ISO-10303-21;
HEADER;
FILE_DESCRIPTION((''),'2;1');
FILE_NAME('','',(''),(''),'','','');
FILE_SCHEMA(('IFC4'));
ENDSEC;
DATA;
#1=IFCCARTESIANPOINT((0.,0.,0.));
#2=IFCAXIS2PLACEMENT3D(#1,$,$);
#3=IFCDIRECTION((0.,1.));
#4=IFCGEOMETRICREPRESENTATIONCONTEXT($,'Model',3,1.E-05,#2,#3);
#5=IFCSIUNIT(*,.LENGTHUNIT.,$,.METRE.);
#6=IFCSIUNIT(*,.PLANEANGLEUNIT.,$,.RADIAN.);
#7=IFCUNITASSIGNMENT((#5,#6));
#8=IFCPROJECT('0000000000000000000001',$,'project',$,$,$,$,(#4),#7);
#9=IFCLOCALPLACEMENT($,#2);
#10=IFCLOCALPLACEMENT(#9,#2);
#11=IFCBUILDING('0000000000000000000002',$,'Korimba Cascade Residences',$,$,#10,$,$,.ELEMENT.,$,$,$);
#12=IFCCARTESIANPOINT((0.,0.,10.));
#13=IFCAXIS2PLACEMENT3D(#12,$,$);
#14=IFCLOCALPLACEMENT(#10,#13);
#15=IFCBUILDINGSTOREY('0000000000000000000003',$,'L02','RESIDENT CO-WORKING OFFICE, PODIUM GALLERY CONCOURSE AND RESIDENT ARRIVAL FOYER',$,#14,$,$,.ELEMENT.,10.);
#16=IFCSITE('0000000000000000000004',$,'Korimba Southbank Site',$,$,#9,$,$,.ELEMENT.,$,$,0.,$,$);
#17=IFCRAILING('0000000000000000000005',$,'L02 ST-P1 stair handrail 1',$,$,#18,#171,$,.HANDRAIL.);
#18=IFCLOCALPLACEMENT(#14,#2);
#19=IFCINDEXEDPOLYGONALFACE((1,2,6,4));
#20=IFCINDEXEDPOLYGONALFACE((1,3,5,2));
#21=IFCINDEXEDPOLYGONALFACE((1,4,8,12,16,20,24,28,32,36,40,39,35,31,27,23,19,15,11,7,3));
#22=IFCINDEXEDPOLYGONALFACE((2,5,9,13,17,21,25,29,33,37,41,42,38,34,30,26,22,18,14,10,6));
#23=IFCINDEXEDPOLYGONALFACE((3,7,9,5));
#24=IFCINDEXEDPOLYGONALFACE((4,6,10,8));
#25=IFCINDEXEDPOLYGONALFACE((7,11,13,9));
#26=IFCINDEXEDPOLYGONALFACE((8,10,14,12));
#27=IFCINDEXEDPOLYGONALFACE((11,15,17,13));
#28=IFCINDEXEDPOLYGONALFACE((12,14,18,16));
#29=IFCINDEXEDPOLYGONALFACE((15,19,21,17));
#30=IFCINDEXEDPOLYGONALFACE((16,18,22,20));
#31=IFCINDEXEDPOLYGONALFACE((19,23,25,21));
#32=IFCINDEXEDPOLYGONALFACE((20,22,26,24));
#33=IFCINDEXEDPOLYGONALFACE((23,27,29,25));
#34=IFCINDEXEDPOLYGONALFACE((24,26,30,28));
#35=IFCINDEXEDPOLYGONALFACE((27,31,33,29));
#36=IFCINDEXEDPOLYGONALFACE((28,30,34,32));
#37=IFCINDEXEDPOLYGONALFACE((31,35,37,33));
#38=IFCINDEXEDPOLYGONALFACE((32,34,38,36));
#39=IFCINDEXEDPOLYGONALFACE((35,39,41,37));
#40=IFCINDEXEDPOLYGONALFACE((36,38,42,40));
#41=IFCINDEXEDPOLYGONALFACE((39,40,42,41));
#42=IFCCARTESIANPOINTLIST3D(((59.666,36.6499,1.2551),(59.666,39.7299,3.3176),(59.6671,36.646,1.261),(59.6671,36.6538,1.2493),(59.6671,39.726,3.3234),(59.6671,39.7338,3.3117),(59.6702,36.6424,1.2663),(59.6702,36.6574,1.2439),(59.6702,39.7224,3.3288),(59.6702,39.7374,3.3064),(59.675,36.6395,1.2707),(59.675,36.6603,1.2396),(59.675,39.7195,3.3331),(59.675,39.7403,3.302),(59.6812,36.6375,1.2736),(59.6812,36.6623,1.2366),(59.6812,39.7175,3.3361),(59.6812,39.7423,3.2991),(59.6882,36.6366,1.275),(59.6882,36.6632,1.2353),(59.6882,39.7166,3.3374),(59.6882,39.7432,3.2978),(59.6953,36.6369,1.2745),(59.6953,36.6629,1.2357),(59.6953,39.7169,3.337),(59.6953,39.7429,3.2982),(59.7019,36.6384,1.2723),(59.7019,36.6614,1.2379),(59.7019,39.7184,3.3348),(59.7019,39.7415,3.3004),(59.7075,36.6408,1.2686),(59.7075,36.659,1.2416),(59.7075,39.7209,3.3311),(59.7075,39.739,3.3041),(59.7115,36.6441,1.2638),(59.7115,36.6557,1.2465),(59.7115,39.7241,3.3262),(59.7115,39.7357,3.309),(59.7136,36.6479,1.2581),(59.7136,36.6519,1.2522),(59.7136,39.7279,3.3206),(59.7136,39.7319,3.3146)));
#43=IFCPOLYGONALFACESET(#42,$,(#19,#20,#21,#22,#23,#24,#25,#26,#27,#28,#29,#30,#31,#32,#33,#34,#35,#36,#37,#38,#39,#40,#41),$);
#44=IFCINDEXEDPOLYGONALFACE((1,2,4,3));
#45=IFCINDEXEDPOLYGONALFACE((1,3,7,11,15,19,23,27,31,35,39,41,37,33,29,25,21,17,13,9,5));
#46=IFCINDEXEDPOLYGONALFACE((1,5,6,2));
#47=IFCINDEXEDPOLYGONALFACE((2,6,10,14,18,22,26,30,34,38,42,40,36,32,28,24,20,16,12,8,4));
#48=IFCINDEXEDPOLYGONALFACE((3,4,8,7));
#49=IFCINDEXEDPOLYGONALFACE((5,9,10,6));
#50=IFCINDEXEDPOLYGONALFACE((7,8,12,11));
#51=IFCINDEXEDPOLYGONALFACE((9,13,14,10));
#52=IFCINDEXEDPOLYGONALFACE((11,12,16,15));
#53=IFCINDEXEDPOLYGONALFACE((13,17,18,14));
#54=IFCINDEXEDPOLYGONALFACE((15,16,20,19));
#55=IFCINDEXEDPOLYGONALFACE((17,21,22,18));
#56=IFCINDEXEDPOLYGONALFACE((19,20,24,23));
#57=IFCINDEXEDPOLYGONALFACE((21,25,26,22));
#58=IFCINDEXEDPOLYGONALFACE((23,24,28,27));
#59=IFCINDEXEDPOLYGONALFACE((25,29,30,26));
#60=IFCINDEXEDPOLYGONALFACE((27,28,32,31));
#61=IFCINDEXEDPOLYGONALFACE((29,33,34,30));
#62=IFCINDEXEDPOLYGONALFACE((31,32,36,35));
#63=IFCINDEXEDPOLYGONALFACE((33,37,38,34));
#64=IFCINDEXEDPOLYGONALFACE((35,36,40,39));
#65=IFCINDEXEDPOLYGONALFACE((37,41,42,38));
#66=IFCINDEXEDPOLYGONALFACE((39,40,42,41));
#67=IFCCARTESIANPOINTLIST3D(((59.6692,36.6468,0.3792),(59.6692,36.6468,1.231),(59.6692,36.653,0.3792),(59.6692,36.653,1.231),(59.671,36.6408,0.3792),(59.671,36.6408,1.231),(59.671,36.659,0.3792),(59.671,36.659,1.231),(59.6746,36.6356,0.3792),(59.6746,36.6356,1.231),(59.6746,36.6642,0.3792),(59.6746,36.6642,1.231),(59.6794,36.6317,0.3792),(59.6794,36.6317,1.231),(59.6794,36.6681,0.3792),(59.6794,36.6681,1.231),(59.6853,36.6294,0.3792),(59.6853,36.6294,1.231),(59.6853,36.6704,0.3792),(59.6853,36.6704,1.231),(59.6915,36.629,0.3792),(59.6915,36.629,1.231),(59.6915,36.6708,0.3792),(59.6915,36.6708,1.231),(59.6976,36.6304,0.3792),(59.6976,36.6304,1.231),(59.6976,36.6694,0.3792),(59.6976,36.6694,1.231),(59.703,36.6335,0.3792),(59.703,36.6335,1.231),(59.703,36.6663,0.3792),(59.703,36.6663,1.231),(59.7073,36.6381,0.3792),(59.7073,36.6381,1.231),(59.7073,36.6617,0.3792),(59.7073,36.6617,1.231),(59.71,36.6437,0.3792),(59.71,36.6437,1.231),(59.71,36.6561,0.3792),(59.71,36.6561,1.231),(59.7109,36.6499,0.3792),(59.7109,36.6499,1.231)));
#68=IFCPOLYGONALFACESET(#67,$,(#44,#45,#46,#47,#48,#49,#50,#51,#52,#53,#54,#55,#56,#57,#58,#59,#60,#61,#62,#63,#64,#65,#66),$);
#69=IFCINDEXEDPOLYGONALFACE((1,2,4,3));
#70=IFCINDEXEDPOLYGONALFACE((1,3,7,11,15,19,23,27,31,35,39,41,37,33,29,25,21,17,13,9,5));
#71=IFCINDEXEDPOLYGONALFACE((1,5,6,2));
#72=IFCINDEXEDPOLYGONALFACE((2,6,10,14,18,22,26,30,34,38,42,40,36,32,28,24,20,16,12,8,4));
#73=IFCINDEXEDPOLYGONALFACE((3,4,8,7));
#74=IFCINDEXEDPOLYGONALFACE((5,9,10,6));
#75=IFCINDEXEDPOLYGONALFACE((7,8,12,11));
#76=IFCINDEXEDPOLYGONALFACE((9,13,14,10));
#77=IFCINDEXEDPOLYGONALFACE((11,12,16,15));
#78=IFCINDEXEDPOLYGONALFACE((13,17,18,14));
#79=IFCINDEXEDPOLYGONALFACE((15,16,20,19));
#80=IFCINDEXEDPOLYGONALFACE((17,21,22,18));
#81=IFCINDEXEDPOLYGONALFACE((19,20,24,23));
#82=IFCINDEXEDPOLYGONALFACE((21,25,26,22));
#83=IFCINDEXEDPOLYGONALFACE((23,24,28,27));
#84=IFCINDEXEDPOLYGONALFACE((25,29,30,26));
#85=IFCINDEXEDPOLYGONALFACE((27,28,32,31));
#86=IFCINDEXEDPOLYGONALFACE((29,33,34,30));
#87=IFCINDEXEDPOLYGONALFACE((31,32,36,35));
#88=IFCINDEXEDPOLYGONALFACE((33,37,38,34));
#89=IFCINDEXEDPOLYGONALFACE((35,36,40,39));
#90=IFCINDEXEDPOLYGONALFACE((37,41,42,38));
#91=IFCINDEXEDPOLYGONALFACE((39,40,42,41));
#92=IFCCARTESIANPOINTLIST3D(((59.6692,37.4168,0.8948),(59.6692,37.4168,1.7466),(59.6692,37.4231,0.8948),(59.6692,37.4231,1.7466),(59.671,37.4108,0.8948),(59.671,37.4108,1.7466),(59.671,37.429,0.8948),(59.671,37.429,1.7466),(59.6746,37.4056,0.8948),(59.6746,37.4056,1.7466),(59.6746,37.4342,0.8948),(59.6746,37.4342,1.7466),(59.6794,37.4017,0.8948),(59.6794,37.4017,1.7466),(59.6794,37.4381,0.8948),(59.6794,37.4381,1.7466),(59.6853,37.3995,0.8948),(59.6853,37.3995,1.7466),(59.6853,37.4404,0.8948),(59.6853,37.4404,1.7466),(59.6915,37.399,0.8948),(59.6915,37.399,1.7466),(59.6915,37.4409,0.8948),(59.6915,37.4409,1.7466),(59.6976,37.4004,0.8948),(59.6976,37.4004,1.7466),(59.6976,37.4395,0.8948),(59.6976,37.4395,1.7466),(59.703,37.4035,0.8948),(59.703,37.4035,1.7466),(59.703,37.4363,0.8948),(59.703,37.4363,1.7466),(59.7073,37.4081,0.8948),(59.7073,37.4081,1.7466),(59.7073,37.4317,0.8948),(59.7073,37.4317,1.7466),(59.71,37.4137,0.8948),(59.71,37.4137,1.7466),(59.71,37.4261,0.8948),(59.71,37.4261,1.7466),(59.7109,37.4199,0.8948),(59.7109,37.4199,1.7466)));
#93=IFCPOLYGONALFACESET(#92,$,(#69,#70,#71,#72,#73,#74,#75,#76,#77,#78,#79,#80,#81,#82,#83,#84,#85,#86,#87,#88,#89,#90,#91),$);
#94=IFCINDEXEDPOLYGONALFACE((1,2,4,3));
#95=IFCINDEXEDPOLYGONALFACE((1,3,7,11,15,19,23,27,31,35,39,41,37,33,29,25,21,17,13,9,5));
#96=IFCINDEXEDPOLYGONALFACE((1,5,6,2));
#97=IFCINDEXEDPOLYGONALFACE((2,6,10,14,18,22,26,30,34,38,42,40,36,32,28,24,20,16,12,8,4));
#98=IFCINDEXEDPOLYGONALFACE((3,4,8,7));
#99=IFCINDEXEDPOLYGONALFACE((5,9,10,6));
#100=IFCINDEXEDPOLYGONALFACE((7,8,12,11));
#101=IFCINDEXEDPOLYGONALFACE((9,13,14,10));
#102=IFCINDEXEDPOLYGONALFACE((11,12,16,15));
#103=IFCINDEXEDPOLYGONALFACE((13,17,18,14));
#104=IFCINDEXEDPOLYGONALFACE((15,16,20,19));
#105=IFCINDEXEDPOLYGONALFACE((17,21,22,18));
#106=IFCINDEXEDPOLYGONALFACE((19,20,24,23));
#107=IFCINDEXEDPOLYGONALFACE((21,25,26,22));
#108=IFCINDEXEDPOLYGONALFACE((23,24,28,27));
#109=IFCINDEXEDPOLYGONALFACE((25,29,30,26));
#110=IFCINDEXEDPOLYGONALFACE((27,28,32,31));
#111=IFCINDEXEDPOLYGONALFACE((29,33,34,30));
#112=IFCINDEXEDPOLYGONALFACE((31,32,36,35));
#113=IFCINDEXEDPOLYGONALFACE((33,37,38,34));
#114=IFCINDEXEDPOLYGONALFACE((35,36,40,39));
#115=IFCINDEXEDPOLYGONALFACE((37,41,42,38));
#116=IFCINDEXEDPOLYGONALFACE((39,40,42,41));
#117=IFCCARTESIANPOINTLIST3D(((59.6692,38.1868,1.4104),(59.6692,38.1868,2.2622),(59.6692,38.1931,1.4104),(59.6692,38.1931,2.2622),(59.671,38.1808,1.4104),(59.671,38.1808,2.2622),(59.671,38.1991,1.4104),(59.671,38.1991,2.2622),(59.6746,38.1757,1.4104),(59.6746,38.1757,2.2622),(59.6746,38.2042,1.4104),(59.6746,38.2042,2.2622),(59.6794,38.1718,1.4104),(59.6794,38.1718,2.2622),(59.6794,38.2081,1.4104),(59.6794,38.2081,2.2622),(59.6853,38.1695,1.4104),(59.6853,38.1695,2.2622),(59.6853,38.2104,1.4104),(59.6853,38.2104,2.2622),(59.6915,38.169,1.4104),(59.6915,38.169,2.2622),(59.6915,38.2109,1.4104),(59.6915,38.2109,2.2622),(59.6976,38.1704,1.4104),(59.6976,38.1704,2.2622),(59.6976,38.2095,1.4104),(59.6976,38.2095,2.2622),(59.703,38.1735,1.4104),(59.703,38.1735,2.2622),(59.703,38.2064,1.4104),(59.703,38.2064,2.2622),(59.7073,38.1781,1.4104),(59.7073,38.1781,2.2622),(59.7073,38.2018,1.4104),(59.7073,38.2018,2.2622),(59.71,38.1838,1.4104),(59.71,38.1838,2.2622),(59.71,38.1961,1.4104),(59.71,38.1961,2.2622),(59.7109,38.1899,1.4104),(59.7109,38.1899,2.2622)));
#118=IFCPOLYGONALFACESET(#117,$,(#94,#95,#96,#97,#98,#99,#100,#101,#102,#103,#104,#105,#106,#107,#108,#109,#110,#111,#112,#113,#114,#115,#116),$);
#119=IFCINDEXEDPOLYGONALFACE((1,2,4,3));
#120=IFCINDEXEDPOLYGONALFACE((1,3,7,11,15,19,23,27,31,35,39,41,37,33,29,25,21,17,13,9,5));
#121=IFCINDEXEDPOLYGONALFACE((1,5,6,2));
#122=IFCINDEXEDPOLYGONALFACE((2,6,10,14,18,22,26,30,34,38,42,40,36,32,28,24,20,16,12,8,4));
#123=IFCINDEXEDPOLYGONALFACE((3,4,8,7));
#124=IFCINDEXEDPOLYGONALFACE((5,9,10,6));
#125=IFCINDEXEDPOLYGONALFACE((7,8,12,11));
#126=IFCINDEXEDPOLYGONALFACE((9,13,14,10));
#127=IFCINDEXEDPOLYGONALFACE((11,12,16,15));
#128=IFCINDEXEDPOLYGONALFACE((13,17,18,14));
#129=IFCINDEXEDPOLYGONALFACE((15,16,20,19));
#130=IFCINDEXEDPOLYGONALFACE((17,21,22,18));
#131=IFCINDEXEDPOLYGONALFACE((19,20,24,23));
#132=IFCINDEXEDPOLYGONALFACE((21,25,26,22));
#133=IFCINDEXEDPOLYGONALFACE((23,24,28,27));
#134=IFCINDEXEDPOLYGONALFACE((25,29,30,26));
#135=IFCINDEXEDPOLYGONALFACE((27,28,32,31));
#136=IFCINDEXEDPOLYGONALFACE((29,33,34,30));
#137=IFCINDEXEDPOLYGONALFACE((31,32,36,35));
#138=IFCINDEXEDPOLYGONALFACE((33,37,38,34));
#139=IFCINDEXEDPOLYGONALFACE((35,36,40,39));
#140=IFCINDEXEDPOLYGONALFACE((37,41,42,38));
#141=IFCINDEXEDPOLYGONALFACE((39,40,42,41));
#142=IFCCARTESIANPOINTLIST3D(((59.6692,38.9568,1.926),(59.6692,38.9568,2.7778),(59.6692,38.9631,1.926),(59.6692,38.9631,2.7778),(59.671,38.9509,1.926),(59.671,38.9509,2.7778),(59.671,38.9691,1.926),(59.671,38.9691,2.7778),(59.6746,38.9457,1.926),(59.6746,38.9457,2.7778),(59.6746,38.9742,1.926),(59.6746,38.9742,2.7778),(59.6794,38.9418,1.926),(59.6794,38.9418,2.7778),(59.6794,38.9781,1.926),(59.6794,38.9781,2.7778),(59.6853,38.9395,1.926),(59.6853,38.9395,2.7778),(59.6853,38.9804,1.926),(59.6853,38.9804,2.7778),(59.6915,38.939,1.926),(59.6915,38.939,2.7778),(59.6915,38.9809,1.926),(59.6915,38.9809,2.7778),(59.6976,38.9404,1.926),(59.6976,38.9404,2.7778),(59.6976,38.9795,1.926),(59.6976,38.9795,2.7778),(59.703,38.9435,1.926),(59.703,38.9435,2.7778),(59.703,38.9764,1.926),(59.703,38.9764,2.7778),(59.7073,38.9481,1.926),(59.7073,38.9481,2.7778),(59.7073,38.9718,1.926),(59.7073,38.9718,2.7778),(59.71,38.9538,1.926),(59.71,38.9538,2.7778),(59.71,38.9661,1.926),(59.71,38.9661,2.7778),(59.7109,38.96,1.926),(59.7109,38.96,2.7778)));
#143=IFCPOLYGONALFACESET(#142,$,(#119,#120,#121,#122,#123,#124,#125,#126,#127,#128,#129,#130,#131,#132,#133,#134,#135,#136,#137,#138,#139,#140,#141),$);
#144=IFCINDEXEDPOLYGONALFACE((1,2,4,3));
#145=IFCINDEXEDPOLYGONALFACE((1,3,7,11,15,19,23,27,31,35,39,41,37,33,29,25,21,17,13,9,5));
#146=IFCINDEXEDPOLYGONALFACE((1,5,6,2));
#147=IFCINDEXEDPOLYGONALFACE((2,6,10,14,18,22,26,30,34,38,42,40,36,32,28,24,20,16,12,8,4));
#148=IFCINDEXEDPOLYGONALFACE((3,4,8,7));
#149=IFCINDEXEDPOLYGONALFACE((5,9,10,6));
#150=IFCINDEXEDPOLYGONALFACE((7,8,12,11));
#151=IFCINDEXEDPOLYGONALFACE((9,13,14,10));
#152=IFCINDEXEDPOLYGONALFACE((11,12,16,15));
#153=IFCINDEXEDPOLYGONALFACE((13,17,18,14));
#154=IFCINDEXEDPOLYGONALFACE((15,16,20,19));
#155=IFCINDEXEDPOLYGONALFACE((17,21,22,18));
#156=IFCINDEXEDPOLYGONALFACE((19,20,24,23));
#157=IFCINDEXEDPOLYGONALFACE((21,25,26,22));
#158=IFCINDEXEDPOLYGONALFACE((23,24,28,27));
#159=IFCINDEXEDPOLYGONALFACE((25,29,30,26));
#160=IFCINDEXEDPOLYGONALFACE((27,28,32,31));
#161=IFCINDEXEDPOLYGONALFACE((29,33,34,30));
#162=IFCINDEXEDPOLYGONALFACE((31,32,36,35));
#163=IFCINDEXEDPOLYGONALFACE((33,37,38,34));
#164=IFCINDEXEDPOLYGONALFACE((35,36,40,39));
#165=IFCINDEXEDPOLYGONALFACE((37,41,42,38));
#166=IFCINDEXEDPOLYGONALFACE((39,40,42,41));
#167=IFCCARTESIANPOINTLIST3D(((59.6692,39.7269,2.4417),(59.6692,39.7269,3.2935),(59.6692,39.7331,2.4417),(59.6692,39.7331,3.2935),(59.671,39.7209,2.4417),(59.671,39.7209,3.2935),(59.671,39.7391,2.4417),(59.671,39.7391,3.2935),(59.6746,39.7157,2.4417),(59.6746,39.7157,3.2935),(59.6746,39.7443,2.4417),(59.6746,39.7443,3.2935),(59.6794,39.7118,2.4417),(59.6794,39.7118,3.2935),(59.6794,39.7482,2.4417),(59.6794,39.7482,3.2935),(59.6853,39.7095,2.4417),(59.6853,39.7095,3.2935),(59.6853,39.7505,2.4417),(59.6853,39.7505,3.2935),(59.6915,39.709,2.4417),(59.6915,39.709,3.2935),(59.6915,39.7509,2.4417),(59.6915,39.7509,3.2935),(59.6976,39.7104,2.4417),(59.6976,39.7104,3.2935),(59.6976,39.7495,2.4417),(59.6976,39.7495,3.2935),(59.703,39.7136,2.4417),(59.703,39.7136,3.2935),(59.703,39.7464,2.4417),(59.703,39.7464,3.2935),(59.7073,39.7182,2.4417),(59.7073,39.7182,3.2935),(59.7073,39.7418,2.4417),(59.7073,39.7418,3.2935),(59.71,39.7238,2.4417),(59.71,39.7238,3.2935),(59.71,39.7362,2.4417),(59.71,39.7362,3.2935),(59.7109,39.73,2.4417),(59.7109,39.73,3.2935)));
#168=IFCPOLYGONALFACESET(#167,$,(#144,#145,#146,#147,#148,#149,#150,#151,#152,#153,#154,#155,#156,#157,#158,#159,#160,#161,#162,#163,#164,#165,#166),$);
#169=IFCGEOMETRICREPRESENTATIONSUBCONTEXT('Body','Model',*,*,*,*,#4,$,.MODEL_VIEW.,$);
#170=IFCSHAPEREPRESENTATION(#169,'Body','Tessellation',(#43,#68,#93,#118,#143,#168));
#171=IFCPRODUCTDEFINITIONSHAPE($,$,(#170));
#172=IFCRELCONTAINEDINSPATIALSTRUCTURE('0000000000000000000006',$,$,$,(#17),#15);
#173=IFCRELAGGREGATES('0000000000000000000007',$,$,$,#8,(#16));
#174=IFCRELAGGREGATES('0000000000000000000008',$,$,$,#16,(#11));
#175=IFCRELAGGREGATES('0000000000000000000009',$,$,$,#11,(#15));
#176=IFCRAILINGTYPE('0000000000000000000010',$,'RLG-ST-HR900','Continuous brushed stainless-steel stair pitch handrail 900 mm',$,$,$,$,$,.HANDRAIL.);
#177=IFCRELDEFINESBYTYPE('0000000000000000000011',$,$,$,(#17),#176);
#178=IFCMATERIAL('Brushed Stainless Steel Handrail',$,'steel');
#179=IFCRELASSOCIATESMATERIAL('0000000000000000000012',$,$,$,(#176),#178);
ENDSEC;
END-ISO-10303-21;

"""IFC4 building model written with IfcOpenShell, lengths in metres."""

from ifc_helpers import new_model, si_unit, direction, frame, origin, origin_2d, place, context, subcontext, project, spatial, circle, extrude, material, type_object, element, save


model = new_model("IFC4")

# Units and contexts
model_context = context("Model", 3, precision=1e-05, world=origin(), true_north=direction((0.0, 1.0)))
body_context = subcontext(model_context, "Body", "Model", "MODEL_VIEW")
ifc_project = project(units=[si_unit("LENGTHUNIT", "METRE"), si_unit("PLANEANGLEUNIT", "RADIAN")], contexts=[model_context])

# Site, building, storey
site_placement = place(None, origin())
site = spatial("IfcSite", under=ifc_project, at=site_placement, Name="Korimba Southbank Site", CompositionType="ELEMENT", RefElevation=0.0)
building_placement = place(site_placement, origin())
building = spatial("IfcBuilding", under=site, at=building_placement, Name="Korimba Cascade Residences", CompositionType="ELEMENT")
storey_placement = place(building_placement, frame((0.0, 0.0, 10.0)))
storey = spatial("IfcBuildingStorey", under=building, at=storey_placement, Name="L02", Description="RESIDENT CO-WORKING OFFICE, PODIUM GALLERY CONCOURSE AND RESIDENT ARRIVAL FOYER", CompositionType="ELEMENT", Elevation=10.0)

# Railing
ifc_material_1 = material(Name="Brushed Stainless Steel Handrail", Category="steel")
railing_type_1 = type_object("IfcRailingType", Name="RLG-ST-HR900", Description="Continuous brushed stainless-steel stair pitch handrail 900 mm", PredefinedType="HANDRAIL", material=ifc_material_1)
railing_1_placement = place(storey_placement, frame((59.6899, 36.6499, 0.3792)))
element("IfcRailing", 1, at=railing_1_placement, inside=storey, type_object=railing_type_1, Name="L02 ST-P1 stair handrail 1", PredefinedType="HANDRAIL", context=body_context, shape_type="SweptSolid", body=[
    extrude(circle(Radius=0.0239, at=origin_2d()), frame((0.0, 0.0, 0.876), z_axis=(0.0, 0.830914, 0.556401), x_axis=(-1.0, 0.0, 0.0)), (0.0, 0.0, 1.0), 3.7068),
    extrude(circle(Radius=0.021, at=origin_2d()), origin(), (0.0, 0.0, 1.0), 0.8518),
    extrude(circle(Radius=0.021, at=origin_2d()), frame((0.0, 0.77, 0.5156)), (0.0, 0.0, 1.0), 0.8518),
    extrude(circle(Radius=0.021, at=origin_2d()), frame((0.0, 1.54, 1.0312)), (0.0, 0.0, 1.0), 0.8518),
    extrude(circle(Radius=0.021, at=origin_2d()), frame((0.0, 2.3101, 1.5469)), (0.0, 0.0, 1.0), 0.8518),
    extrude(circle(Radius=0.021, at=origin_2d()), frame((0.0, 3.0801, 2.0625)), (0.0, 0.0, 1.0), 0.8518),
])

save(model, "model.ifc")
